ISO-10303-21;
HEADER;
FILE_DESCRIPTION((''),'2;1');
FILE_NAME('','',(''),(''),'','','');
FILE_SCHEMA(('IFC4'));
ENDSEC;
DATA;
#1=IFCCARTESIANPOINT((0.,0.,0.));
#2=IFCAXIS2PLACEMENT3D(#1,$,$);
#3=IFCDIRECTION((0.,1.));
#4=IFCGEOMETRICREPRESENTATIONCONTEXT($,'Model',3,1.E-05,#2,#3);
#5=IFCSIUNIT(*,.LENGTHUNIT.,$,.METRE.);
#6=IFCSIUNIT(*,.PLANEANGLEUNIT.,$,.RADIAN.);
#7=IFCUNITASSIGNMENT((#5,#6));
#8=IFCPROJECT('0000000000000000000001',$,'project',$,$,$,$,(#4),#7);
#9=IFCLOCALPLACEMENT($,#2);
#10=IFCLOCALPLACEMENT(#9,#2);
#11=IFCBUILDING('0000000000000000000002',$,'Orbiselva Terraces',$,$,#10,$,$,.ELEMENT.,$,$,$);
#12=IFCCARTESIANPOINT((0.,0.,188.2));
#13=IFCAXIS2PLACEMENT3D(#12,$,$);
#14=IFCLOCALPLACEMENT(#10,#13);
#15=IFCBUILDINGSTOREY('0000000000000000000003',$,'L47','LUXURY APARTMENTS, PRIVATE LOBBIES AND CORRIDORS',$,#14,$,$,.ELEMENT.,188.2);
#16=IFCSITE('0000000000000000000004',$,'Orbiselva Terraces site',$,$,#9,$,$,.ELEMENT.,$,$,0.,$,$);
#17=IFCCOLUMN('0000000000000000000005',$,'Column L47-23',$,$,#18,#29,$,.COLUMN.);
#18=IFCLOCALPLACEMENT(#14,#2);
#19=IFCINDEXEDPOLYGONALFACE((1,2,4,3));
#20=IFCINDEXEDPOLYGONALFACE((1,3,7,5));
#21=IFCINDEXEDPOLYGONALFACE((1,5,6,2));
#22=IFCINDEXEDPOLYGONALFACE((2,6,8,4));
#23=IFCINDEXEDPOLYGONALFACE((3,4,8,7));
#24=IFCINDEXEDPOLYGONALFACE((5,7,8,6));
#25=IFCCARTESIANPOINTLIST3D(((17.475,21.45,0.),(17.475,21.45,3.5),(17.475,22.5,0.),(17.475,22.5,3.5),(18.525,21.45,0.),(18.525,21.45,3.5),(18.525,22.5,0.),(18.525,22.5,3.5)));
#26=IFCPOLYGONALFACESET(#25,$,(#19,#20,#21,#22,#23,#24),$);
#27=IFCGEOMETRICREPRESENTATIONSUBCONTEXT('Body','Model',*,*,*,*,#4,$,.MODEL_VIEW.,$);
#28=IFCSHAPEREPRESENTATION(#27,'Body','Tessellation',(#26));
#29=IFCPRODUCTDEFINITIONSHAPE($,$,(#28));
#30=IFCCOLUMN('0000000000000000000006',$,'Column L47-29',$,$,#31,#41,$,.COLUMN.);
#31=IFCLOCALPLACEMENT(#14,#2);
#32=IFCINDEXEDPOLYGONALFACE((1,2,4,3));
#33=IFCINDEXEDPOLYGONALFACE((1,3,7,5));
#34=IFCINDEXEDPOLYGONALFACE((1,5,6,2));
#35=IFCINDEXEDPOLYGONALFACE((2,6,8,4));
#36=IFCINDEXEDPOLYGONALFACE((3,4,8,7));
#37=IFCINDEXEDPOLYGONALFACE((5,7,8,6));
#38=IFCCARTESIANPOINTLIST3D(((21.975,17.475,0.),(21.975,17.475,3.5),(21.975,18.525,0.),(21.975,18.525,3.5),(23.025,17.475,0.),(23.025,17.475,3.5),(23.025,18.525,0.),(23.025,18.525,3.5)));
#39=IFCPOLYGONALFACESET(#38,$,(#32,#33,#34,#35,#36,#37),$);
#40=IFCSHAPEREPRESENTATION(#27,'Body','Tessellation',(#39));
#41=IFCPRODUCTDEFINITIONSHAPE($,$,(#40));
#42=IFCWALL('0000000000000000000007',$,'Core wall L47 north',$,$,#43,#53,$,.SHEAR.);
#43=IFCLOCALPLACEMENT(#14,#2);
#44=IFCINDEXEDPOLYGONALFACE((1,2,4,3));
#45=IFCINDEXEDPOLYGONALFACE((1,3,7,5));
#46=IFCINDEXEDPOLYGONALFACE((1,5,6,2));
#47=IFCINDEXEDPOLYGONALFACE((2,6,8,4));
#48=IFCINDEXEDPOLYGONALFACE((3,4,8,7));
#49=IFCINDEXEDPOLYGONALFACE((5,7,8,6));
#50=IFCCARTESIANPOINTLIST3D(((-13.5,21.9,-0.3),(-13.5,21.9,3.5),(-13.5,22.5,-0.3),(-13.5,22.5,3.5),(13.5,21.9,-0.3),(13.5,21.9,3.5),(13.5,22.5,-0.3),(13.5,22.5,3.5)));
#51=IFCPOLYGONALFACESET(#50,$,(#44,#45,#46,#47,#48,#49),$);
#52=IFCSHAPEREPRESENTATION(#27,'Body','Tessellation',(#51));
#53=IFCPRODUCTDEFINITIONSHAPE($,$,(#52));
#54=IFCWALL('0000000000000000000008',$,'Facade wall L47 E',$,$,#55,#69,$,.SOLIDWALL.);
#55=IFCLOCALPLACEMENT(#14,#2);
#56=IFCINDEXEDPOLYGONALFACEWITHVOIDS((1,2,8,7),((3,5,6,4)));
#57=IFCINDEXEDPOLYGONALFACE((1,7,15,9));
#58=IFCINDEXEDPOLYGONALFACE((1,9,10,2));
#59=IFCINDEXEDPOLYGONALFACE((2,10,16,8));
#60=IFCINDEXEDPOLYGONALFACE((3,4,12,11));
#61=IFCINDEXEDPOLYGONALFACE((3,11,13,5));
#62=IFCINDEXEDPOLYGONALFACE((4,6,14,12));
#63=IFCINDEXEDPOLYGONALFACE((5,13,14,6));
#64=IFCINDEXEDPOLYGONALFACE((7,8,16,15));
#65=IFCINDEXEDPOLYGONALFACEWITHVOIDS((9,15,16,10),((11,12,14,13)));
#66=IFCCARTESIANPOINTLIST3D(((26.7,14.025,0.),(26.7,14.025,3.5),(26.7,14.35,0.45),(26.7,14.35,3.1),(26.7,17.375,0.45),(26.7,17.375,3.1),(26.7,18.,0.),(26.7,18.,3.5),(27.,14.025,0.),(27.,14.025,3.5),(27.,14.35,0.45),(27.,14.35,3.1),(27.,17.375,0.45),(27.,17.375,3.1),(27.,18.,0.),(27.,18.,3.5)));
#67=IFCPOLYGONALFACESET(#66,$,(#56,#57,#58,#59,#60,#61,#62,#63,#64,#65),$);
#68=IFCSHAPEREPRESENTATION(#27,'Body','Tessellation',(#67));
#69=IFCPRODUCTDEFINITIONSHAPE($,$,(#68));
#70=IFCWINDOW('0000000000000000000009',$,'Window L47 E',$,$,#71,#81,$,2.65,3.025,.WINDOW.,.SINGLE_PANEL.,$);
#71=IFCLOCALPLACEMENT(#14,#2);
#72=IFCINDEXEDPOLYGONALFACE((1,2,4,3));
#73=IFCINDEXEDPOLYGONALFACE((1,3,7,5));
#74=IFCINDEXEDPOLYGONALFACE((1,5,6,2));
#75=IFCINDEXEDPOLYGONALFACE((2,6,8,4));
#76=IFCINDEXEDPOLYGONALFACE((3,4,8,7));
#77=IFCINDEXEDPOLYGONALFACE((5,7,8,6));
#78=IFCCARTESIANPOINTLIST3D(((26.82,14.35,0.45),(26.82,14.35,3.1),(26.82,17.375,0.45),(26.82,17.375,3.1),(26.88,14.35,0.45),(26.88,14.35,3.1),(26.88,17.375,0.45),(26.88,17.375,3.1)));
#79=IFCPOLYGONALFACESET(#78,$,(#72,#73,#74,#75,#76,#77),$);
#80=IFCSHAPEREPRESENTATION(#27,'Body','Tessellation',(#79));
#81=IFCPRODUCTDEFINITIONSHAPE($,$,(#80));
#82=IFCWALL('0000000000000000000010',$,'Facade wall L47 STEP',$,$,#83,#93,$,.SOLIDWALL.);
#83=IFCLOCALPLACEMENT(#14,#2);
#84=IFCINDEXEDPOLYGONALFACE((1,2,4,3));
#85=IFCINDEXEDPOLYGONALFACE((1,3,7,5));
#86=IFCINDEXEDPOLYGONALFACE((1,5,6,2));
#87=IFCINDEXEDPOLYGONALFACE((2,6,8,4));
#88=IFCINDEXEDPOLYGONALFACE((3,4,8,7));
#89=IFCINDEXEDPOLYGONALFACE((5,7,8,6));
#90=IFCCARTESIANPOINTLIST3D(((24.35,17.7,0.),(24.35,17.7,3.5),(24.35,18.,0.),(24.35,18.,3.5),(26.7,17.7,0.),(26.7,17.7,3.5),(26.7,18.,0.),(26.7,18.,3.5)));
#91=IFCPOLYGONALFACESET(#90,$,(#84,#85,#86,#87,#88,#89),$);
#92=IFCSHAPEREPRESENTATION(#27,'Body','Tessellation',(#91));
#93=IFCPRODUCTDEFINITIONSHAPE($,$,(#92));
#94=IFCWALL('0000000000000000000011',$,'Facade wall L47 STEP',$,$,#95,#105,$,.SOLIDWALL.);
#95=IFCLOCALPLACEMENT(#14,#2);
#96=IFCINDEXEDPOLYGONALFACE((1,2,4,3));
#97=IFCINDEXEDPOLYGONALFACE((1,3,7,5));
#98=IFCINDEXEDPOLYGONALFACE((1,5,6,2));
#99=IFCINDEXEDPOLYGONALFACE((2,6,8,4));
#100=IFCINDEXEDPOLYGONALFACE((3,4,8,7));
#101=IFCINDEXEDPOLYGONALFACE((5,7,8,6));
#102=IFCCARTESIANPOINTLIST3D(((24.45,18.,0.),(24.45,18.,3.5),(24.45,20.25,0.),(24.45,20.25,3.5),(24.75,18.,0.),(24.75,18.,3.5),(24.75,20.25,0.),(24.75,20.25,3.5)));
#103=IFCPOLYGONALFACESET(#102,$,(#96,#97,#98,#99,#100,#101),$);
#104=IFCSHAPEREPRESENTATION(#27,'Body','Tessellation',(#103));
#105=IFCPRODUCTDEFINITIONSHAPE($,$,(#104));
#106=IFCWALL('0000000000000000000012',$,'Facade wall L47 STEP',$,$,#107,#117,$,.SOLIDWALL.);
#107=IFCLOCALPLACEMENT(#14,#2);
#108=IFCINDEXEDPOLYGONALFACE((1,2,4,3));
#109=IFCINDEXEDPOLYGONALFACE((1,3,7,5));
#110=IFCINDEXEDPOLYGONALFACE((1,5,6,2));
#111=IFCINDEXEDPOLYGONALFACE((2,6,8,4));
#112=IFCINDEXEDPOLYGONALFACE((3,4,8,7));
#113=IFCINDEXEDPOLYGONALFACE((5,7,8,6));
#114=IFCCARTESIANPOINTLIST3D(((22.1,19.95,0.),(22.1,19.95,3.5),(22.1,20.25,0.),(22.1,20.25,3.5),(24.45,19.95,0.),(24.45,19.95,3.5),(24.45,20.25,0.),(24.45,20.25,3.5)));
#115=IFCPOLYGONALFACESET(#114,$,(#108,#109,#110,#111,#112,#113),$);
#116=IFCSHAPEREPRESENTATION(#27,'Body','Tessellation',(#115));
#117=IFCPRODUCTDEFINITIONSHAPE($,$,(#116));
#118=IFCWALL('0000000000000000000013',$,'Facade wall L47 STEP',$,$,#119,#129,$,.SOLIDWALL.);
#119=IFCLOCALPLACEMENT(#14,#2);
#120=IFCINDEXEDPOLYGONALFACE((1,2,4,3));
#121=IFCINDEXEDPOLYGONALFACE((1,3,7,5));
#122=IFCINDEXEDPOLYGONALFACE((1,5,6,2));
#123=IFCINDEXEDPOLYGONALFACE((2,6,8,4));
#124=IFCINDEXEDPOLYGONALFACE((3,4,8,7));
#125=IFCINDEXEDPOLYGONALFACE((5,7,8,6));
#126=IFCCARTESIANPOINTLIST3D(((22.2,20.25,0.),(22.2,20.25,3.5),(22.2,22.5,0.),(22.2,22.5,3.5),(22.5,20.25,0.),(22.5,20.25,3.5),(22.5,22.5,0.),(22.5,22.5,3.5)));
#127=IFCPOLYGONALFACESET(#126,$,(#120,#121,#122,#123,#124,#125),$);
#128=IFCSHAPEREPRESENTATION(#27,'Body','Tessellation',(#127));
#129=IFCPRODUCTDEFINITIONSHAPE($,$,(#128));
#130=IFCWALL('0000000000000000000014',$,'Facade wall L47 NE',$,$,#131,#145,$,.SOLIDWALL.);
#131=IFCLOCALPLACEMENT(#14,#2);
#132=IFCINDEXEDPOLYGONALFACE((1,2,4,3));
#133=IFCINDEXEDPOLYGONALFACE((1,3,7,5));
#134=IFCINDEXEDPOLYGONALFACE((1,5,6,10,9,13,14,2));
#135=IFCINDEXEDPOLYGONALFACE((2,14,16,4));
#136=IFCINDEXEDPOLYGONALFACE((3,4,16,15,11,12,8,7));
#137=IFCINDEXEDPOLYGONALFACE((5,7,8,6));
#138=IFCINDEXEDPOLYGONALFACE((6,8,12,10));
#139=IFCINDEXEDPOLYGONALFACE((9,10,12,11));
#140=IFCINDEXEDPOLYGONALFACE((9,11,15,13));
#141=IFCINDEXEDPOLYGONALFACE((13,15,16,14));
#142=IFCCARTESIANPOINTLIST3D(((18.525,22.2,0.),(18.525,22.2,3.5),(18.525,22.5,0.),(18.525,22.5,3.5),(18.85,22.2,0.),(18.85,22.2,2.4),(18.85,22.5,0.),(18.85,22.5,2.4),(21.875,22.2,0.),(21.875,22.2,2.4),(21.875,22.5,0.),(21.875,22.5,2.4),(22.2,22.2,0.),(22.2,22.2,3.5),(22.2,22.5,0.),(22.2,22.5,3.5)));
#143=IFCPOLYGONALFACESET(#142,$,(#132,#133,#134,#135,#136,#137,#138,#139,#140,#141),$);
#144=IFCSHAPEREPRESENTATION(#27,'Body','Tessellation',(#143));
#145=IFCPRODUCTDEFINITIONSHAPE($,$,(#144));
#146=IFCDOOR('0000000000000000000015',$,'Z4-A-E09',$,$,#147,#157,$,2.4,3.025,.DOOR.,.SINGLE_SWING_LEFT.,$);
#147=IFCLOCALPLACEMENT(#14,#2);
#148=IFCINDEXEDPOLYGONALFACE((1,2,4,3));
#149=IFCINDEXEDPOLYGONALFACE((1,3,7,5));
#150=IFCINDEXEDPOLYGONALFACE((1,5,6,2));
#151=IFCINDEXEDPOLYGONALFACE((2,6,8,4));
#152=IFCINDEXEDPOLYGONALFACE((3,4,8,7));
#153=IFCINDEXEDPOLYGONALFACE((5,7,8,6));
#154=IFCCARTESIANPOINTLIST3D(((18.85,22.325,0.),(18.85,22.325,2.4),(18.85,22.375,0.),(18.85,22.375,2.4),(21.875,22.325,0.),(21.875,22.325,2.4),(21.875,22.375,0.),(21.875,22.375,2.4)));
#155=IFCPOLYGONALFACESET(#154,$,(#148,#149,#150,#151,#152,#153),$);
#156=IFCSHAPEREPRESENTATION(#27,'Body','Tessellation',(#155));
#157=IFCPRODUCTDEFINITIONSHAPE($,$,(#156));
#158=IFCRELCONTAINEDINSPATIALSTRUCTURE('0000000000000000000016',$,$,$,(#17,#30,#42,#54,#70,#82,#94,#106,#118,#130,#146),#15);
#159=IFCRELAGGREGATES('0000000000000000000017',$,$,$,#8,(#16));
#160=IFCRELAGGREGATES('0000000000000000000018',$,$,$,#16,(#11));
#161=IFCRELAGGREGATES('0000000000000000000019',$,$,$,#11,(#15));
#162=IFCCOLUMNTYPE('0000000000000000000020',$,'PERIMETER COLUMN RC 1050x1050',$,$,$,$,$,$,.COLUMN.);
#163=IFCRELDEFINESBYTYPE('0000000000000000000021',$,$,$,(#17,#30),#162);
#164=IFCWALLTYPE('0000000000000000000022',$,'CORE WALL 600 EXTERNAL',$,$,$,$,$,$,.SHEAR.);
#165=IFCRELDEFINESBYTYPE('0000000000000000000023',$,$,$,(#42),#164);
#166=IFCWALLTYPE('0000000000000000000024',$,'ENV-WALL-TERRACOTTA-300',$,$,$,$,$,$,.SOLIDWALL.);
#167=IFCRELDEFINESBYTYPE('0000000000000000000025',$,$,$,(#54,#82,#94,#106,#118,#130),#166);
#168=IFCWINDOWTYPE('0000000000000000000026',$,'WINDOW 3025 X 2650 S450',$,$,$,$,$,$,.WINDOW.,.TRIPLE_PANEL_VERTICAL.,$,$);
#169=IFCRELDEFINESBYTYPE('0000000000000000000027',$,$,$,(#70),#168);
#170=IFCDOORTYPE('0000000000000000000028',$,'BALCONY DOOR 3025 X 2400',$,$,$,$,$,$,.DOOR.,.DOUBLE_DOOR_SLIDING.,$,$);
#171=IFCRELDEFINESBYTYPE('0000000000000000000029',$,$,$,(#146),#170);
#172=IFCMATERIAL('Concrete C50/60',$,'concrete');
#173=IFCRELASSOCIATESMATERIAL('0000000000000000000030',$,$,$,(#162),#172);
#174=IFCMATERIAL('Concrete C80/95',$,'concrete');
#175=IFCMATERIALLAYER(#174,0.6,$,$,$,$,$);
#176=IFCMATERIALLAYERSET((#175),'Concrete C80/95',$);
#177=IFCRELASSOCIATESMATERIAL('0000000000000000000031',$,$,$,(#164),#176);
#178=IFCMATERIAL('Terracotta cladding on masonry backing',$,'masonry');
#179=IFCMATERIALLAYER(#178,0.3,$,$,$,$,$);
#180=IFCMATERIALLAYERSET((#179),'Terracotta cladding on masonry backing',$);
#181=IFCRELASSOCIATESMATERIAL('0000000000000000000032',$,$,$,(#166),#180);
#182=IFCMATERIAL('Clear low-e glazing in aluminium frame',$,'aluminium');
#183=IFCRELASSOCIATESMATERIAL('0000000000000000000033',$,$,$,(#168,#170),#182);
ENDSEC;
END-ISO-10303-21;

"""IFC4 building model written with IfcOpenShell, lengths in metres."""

from ifc_helpers import new_model, si_unit, direction, frame, frame_2d, origin, origin_2d, place, context, subcontext, project, spatial, rectangle, extrude, material, layer, layer_set, material_profile, profile_set, type_object, element, fill, save


model = new_model("IFC4")

# Units and contexts
model_context = context("Model", 3, precision=1e-05, world=origin(), true_north=direction((0.0, 1.0)))
body_context = subcontext(model_context, "Body", "Model", "MODEL_VIEW")
ifc_project = project(units=[si_unit("LENGTHUNIT", "METRE"), si_unit("PLANEANGLEUNIT", "RADIAN")], contexts=[model_context])

# Site, building, storey
site_placement = place(None, origin())
site = spatial("IfcSite", under=ifc_project, at=site_placement, Name="Orbiselva Terraces site", CompositionType="ELEMENT", RefElevation=0.0)
building_placement = place(site_placement, origin())
building = spatial("IfcBuilding", under=site, at=building_placement, Name="Orbiselva Terraces", CompositionType="ELEMENT")
storey_placement = place(building_placement, frame((0.0, 0.0, 188.2)))
storey = spatial("IfcBuildingStorey", under=building, at=storey_placement, Name="L47", Description="LUXURY APARTMENTS, PRIVATE LOBBIES AND CORRIDORS", CompositionType="ELEMENT", Elevation=188.2)

# Columns
ifc_material_1 = material(Name="Concrete C50/60", Category="concrete")
ifc_material_profile = material_profile(ifc_material_1, rectangle(XDim=1.05, YDim=1.05, at=origin_2d()), Name="RC 1050x1050")
ifc_profile_set = profile_set([ifc_material_profile], Name="Concrete C50/60")
column_type = type_object("IfcColumnType", Name="PERIMETER COLUMN RC 1050x1050", PredefinedType="COLUMN", material=ifc_profile_set)
for number, where, z_axis, x_axis, name in (
    (1, (18.0, 21.975, 0.0), (0.0, 0.0, 1.0), (1.0, 0.0, 0.0), "Column L47-23"),
    (2, (22.5, 18.0, 0.0), (0.0, 0.0, 1.0), (1.0, 0.0, 0.0), "Column L47-29"),
):
    element("IfcColumn", number, at=place(storey_placement, frame(where, z_axis=z_axis, x_axis=x_axis)), inside=storey, type_object=column_type, Name=name, PredefinedType="COLUMN", context=body_context, shape_type="SweptSolid", body=[
        extrude(rectangle(XDim=1.05, YDim=1.05, at=origin_2d()), origin(), (0.0, 0.0, 1.0), 3.5),
    ])

# Wall
ifc_material_2 = material(Name="Concrete C80/95", Category="concrete")
ifc_layer_1 = layer(ifc_material_2, 0.6)
ifc_layer_set_1 = layer_set([ifc_layer_1], Name="Concrete C80/95")
wall_type_1 = type_object("IfcWallType", Name="CORE WALL 600 EXTERNAL", PredefinedType="SHEAR", material=ifc_layer_set_1)
wall_1_placement = place(storey_placement, frame((13.5, 22.2, -0.3), z_axis=(0.0, 0.0, 1.0), x_axis=(-1.0, 0.0, 0.0)))
element("IfcWall", 3, at=wall_1_placement, inside=storey, type_object=wall_type_1, Name="Core wall L47 north", PredefinedType="SHEAR", context=body_context, shape_type="SweptSolid", body=[
    extrude(rectangle(XDim=27.0, YDim=0.6, at=frame_2d((13.5, 0.0))), origin(), (0.0, 0.0, 1.0), 3.8),
])

# Wall, opening, window
ifc_material_3 = material(Name="Terracotta cladding on masonry backing", Category="masonry")
ifc_layer_2 = layer(ifc_material_3, 0.3)
ifc_layer_set_2 = layer_set([ifc_layer_2], Name="Terracotta cladding on masonry backing")
wall_type_2 = type_object("IfcWallType", Name="ENV-WALL-TERRACOTTA-300", PredefinedType="SOLIDWALL", material=ifc_layer_set_2)
wall_2_placement = place(storey_placement, frame((26.85, 18.0, 0.0), z_axis=(0.0, 0.0, 1.0), x_axis=(0.0, -1.0, 0.0)))
wall_2 = element("IfcWall", 4, at=wall_2_placement, inside=storey, type_object=wall_type_2, Name="Facade wall L47 E", PredefinedType="SOLIDWALL", context=body_context, shape_type="SweptSolid", body=[
    extrude(rectangle(XDim=3.975, YDim=0.3, at=frame_2d((1.9875, 0.0))), origin(), (0.0, 0.0, 1.0), 3.5),
])
opening_1_placement = place(wall_2_placement, frame((0.625, 0.0, 0.45)))
opening_1 = element("IfcOpeningElement", 5, at=opening_1_placement, cuts=wall_2, PredefinedType="OPENING", context=body_context, shape_type="SweptSolid", body=[
    extrude(rectangle(XDim=3.025, YDim=2.65, at=frame_2d((1.5125, 1.325))), frame((0.0, 0.16, 0.0), z_axis=(0.0, -1.0, 0.0), x_axis=(1.0, 0.0, 0.0)), (0.0, 0.0, 1.0), 0.32),
])
ifc_material_4 = material(Name="Clear low-e glazing in aluminium frame", Category="aluminium")
window_type = type_object("IfcWindowType", Name="WINDOW 3025 X 2650 S450", PartitioningType="TRIPLE_PANEL_VERTICAL", PredefinedType="WINDOW", material=ifc_material_4)
window_1_placement = place(opening_1_placement, origin())
window_1 = element("IfcWindow", 6, at=window_1_placement, inside=storey, type_object=window_type, Name="Window L47 E", OverallHeight=2.65, OverallWidth=3.025, PartitioningType="SINGLE_PANEL", PredefinedType="WINDOW", context=body_context, shape_type="SweptSolid", body=[
    extrude(rectangle(XDim=3.025, YDim=2.65, at=frame_2d((1.5125, 1.325))), frame((0.0, 0.03, 0.0), z_axis=(0.0, -1.0, 0.0), x_axis=(1.0, 0.0, 0.0)), (0.0, 0.0, 1.0), 0.06),
])
fill(opening_1, window_1)

# Walls
wall_3_placement = place(storey_placement, frame((24.35, 17.85, 0.0), z_axis=(0.0, 0.0, 1.0), x_axis=(1.0, 0.0, 0.0)))
element("IfcWall", 7, at=wall_3_placement, inside=storey, type_object=wall_type_2, Name="Facade wall L47 STEP", PredefinedType="SOLIDWALL", context=body_context, shape_type="SweptSolid", body=[
    extrude(rectangle(XDim=2.35, YDim=0.3, at=frame_2d((1.175, 0.0))), origin(), (0.0, 0.0, 1.0), 3.5),
])
wall_4_placement = place(storey_placement, frame((24.6, 20.25, 0.0), z_axis=(0.0, 0.0, 1.0), x_axis=(0.0, -1.0, 0.0)))
element("IfcWall", 8, at=wall_4_placement, inside=storey, type_object=wall_type_2, Name="Facade wall L47 STEP", PredefinedType="SOLIDWALL", context=body_context, shape_type="SweptSolid", body=[
    extrude(rectangle(XDim=2.25, YDim=0.3, at=frame_2d((1.125, 0.0))), origin(), (0.0, 0.0, 1.0), 3.5),
])
wall_5_placement = place(storey_placement, frame((22.1, 20.1, 0.0), z_axis=(0.0, 0.0, 1.0), x_axis=(1.0, 0.0, 0.0)))
element("IfcWall", 9, at=wall_5_placement, inside=storey, type_object=wall_type_2, Name="Facade wall L47 STEP", PredefinedType="SOLIDWALL", context=body_context, shape_type="SweptSolid", body=[
    extrude(rectangle(XDim=2.35, YDim=0.3, at=frame_2d((1.175, 0.0))), origin(), (0.0, 0.0, 1.0), 3.5),
])
wall_6_placement = place(storey_placement, frame((22.35, 22.5, 0.0), z_axis=(0.0, 0.0, 1.0), x_axis=(0.0, -1.0, 0.0)))
element("IfcWall", 10, at=wall_6_placement, inside=storey, type_object=wall_type_2, Name="Facade wall L47 STEP", PredefinedType="SOLIDWALL", context=body_context, shape_type="SweptSolid", body=[
    extrude(rectangle(XDim=2.25, YDim=0.3, at=frame_2d((1.125, 0.0))), origin(), (0.0, 0.0, 1.0), 3.5),
])

# Wall, opening, door
wall_7_placement = place(storey_placement, frame((18.525, 22.35, 0.0), z_axis=(0.0, 0.0, 1.0), x_axis=(1.0, 0.0, 0.0)))
wall_7 = element("IfcWall", 11, at=wall_7_placement, inside=storey, type_object=wall_type_2, Name="Facade wall L47 NE", PredefinedType="SOLIDWALL", context=body_context, shape_type="SweptSolid", body=[
    extrude(rectangle(XDim=3.675, YDim=0.3, at=frame_2d((1.8375, 0.0))), origin(), (0.0, 0.0, 1.0), 3.5),
])
opening_2_placement = place(wall_7_placement, frame((0.325, 0.0, 0.0)))
opening_2 = element("IfcOpeningElement", 12, at=opening_2_placement, cuts=wall_7, PredefinedType="OPENING", context=body_context, shape_type="SweptSolid", body=[
    extrude(rectangle(XDim=3.025, YDim=2.4, at=frame_2d((1.5125, 1.2))), frame((0.0, 0.16, 0.0), z_axis=(0.0, -1.0, 0.0), x_axis=(1.0, 0.0, 0.0)), (0.0, 0.0, 1.0), 0.32),
])
door_type_1 = type_object("IfcDoorType", Name="BALCONY DOOR 3025 X 2400", OperationType="DOUBLE_DOOR_SLIDING", PredefinedType="DOOR", material=ifc_material_4)
door_1_placement = place(opening_2_placement, origin())
door_1 = element("IfcDoor", 13, at=door_1_placement, inside=storey, type_object=door_type_1, Name="Z4-A-E09", OperationType="SINGLE_SWING_LEFT", OverallHeight=2.4, OverallWidth=3.025, PredefinedType="DOOR", context=body_context, shape_type="SweptSolid", body=[
    extrude(rectangle(XDim=3.025, YDim=2.4, at=frame_2d((1.5125, 1.2))), frame((0.0, 0.025, 0.0), z_axis=(0.0, -1.0, 0.0), x_axis=(1.0, 0.0, 0.0)), (0.0, 0.0, 1.0), 0.05),
])
fill(opening_2, door_1)

save(model, "model.ifc")
